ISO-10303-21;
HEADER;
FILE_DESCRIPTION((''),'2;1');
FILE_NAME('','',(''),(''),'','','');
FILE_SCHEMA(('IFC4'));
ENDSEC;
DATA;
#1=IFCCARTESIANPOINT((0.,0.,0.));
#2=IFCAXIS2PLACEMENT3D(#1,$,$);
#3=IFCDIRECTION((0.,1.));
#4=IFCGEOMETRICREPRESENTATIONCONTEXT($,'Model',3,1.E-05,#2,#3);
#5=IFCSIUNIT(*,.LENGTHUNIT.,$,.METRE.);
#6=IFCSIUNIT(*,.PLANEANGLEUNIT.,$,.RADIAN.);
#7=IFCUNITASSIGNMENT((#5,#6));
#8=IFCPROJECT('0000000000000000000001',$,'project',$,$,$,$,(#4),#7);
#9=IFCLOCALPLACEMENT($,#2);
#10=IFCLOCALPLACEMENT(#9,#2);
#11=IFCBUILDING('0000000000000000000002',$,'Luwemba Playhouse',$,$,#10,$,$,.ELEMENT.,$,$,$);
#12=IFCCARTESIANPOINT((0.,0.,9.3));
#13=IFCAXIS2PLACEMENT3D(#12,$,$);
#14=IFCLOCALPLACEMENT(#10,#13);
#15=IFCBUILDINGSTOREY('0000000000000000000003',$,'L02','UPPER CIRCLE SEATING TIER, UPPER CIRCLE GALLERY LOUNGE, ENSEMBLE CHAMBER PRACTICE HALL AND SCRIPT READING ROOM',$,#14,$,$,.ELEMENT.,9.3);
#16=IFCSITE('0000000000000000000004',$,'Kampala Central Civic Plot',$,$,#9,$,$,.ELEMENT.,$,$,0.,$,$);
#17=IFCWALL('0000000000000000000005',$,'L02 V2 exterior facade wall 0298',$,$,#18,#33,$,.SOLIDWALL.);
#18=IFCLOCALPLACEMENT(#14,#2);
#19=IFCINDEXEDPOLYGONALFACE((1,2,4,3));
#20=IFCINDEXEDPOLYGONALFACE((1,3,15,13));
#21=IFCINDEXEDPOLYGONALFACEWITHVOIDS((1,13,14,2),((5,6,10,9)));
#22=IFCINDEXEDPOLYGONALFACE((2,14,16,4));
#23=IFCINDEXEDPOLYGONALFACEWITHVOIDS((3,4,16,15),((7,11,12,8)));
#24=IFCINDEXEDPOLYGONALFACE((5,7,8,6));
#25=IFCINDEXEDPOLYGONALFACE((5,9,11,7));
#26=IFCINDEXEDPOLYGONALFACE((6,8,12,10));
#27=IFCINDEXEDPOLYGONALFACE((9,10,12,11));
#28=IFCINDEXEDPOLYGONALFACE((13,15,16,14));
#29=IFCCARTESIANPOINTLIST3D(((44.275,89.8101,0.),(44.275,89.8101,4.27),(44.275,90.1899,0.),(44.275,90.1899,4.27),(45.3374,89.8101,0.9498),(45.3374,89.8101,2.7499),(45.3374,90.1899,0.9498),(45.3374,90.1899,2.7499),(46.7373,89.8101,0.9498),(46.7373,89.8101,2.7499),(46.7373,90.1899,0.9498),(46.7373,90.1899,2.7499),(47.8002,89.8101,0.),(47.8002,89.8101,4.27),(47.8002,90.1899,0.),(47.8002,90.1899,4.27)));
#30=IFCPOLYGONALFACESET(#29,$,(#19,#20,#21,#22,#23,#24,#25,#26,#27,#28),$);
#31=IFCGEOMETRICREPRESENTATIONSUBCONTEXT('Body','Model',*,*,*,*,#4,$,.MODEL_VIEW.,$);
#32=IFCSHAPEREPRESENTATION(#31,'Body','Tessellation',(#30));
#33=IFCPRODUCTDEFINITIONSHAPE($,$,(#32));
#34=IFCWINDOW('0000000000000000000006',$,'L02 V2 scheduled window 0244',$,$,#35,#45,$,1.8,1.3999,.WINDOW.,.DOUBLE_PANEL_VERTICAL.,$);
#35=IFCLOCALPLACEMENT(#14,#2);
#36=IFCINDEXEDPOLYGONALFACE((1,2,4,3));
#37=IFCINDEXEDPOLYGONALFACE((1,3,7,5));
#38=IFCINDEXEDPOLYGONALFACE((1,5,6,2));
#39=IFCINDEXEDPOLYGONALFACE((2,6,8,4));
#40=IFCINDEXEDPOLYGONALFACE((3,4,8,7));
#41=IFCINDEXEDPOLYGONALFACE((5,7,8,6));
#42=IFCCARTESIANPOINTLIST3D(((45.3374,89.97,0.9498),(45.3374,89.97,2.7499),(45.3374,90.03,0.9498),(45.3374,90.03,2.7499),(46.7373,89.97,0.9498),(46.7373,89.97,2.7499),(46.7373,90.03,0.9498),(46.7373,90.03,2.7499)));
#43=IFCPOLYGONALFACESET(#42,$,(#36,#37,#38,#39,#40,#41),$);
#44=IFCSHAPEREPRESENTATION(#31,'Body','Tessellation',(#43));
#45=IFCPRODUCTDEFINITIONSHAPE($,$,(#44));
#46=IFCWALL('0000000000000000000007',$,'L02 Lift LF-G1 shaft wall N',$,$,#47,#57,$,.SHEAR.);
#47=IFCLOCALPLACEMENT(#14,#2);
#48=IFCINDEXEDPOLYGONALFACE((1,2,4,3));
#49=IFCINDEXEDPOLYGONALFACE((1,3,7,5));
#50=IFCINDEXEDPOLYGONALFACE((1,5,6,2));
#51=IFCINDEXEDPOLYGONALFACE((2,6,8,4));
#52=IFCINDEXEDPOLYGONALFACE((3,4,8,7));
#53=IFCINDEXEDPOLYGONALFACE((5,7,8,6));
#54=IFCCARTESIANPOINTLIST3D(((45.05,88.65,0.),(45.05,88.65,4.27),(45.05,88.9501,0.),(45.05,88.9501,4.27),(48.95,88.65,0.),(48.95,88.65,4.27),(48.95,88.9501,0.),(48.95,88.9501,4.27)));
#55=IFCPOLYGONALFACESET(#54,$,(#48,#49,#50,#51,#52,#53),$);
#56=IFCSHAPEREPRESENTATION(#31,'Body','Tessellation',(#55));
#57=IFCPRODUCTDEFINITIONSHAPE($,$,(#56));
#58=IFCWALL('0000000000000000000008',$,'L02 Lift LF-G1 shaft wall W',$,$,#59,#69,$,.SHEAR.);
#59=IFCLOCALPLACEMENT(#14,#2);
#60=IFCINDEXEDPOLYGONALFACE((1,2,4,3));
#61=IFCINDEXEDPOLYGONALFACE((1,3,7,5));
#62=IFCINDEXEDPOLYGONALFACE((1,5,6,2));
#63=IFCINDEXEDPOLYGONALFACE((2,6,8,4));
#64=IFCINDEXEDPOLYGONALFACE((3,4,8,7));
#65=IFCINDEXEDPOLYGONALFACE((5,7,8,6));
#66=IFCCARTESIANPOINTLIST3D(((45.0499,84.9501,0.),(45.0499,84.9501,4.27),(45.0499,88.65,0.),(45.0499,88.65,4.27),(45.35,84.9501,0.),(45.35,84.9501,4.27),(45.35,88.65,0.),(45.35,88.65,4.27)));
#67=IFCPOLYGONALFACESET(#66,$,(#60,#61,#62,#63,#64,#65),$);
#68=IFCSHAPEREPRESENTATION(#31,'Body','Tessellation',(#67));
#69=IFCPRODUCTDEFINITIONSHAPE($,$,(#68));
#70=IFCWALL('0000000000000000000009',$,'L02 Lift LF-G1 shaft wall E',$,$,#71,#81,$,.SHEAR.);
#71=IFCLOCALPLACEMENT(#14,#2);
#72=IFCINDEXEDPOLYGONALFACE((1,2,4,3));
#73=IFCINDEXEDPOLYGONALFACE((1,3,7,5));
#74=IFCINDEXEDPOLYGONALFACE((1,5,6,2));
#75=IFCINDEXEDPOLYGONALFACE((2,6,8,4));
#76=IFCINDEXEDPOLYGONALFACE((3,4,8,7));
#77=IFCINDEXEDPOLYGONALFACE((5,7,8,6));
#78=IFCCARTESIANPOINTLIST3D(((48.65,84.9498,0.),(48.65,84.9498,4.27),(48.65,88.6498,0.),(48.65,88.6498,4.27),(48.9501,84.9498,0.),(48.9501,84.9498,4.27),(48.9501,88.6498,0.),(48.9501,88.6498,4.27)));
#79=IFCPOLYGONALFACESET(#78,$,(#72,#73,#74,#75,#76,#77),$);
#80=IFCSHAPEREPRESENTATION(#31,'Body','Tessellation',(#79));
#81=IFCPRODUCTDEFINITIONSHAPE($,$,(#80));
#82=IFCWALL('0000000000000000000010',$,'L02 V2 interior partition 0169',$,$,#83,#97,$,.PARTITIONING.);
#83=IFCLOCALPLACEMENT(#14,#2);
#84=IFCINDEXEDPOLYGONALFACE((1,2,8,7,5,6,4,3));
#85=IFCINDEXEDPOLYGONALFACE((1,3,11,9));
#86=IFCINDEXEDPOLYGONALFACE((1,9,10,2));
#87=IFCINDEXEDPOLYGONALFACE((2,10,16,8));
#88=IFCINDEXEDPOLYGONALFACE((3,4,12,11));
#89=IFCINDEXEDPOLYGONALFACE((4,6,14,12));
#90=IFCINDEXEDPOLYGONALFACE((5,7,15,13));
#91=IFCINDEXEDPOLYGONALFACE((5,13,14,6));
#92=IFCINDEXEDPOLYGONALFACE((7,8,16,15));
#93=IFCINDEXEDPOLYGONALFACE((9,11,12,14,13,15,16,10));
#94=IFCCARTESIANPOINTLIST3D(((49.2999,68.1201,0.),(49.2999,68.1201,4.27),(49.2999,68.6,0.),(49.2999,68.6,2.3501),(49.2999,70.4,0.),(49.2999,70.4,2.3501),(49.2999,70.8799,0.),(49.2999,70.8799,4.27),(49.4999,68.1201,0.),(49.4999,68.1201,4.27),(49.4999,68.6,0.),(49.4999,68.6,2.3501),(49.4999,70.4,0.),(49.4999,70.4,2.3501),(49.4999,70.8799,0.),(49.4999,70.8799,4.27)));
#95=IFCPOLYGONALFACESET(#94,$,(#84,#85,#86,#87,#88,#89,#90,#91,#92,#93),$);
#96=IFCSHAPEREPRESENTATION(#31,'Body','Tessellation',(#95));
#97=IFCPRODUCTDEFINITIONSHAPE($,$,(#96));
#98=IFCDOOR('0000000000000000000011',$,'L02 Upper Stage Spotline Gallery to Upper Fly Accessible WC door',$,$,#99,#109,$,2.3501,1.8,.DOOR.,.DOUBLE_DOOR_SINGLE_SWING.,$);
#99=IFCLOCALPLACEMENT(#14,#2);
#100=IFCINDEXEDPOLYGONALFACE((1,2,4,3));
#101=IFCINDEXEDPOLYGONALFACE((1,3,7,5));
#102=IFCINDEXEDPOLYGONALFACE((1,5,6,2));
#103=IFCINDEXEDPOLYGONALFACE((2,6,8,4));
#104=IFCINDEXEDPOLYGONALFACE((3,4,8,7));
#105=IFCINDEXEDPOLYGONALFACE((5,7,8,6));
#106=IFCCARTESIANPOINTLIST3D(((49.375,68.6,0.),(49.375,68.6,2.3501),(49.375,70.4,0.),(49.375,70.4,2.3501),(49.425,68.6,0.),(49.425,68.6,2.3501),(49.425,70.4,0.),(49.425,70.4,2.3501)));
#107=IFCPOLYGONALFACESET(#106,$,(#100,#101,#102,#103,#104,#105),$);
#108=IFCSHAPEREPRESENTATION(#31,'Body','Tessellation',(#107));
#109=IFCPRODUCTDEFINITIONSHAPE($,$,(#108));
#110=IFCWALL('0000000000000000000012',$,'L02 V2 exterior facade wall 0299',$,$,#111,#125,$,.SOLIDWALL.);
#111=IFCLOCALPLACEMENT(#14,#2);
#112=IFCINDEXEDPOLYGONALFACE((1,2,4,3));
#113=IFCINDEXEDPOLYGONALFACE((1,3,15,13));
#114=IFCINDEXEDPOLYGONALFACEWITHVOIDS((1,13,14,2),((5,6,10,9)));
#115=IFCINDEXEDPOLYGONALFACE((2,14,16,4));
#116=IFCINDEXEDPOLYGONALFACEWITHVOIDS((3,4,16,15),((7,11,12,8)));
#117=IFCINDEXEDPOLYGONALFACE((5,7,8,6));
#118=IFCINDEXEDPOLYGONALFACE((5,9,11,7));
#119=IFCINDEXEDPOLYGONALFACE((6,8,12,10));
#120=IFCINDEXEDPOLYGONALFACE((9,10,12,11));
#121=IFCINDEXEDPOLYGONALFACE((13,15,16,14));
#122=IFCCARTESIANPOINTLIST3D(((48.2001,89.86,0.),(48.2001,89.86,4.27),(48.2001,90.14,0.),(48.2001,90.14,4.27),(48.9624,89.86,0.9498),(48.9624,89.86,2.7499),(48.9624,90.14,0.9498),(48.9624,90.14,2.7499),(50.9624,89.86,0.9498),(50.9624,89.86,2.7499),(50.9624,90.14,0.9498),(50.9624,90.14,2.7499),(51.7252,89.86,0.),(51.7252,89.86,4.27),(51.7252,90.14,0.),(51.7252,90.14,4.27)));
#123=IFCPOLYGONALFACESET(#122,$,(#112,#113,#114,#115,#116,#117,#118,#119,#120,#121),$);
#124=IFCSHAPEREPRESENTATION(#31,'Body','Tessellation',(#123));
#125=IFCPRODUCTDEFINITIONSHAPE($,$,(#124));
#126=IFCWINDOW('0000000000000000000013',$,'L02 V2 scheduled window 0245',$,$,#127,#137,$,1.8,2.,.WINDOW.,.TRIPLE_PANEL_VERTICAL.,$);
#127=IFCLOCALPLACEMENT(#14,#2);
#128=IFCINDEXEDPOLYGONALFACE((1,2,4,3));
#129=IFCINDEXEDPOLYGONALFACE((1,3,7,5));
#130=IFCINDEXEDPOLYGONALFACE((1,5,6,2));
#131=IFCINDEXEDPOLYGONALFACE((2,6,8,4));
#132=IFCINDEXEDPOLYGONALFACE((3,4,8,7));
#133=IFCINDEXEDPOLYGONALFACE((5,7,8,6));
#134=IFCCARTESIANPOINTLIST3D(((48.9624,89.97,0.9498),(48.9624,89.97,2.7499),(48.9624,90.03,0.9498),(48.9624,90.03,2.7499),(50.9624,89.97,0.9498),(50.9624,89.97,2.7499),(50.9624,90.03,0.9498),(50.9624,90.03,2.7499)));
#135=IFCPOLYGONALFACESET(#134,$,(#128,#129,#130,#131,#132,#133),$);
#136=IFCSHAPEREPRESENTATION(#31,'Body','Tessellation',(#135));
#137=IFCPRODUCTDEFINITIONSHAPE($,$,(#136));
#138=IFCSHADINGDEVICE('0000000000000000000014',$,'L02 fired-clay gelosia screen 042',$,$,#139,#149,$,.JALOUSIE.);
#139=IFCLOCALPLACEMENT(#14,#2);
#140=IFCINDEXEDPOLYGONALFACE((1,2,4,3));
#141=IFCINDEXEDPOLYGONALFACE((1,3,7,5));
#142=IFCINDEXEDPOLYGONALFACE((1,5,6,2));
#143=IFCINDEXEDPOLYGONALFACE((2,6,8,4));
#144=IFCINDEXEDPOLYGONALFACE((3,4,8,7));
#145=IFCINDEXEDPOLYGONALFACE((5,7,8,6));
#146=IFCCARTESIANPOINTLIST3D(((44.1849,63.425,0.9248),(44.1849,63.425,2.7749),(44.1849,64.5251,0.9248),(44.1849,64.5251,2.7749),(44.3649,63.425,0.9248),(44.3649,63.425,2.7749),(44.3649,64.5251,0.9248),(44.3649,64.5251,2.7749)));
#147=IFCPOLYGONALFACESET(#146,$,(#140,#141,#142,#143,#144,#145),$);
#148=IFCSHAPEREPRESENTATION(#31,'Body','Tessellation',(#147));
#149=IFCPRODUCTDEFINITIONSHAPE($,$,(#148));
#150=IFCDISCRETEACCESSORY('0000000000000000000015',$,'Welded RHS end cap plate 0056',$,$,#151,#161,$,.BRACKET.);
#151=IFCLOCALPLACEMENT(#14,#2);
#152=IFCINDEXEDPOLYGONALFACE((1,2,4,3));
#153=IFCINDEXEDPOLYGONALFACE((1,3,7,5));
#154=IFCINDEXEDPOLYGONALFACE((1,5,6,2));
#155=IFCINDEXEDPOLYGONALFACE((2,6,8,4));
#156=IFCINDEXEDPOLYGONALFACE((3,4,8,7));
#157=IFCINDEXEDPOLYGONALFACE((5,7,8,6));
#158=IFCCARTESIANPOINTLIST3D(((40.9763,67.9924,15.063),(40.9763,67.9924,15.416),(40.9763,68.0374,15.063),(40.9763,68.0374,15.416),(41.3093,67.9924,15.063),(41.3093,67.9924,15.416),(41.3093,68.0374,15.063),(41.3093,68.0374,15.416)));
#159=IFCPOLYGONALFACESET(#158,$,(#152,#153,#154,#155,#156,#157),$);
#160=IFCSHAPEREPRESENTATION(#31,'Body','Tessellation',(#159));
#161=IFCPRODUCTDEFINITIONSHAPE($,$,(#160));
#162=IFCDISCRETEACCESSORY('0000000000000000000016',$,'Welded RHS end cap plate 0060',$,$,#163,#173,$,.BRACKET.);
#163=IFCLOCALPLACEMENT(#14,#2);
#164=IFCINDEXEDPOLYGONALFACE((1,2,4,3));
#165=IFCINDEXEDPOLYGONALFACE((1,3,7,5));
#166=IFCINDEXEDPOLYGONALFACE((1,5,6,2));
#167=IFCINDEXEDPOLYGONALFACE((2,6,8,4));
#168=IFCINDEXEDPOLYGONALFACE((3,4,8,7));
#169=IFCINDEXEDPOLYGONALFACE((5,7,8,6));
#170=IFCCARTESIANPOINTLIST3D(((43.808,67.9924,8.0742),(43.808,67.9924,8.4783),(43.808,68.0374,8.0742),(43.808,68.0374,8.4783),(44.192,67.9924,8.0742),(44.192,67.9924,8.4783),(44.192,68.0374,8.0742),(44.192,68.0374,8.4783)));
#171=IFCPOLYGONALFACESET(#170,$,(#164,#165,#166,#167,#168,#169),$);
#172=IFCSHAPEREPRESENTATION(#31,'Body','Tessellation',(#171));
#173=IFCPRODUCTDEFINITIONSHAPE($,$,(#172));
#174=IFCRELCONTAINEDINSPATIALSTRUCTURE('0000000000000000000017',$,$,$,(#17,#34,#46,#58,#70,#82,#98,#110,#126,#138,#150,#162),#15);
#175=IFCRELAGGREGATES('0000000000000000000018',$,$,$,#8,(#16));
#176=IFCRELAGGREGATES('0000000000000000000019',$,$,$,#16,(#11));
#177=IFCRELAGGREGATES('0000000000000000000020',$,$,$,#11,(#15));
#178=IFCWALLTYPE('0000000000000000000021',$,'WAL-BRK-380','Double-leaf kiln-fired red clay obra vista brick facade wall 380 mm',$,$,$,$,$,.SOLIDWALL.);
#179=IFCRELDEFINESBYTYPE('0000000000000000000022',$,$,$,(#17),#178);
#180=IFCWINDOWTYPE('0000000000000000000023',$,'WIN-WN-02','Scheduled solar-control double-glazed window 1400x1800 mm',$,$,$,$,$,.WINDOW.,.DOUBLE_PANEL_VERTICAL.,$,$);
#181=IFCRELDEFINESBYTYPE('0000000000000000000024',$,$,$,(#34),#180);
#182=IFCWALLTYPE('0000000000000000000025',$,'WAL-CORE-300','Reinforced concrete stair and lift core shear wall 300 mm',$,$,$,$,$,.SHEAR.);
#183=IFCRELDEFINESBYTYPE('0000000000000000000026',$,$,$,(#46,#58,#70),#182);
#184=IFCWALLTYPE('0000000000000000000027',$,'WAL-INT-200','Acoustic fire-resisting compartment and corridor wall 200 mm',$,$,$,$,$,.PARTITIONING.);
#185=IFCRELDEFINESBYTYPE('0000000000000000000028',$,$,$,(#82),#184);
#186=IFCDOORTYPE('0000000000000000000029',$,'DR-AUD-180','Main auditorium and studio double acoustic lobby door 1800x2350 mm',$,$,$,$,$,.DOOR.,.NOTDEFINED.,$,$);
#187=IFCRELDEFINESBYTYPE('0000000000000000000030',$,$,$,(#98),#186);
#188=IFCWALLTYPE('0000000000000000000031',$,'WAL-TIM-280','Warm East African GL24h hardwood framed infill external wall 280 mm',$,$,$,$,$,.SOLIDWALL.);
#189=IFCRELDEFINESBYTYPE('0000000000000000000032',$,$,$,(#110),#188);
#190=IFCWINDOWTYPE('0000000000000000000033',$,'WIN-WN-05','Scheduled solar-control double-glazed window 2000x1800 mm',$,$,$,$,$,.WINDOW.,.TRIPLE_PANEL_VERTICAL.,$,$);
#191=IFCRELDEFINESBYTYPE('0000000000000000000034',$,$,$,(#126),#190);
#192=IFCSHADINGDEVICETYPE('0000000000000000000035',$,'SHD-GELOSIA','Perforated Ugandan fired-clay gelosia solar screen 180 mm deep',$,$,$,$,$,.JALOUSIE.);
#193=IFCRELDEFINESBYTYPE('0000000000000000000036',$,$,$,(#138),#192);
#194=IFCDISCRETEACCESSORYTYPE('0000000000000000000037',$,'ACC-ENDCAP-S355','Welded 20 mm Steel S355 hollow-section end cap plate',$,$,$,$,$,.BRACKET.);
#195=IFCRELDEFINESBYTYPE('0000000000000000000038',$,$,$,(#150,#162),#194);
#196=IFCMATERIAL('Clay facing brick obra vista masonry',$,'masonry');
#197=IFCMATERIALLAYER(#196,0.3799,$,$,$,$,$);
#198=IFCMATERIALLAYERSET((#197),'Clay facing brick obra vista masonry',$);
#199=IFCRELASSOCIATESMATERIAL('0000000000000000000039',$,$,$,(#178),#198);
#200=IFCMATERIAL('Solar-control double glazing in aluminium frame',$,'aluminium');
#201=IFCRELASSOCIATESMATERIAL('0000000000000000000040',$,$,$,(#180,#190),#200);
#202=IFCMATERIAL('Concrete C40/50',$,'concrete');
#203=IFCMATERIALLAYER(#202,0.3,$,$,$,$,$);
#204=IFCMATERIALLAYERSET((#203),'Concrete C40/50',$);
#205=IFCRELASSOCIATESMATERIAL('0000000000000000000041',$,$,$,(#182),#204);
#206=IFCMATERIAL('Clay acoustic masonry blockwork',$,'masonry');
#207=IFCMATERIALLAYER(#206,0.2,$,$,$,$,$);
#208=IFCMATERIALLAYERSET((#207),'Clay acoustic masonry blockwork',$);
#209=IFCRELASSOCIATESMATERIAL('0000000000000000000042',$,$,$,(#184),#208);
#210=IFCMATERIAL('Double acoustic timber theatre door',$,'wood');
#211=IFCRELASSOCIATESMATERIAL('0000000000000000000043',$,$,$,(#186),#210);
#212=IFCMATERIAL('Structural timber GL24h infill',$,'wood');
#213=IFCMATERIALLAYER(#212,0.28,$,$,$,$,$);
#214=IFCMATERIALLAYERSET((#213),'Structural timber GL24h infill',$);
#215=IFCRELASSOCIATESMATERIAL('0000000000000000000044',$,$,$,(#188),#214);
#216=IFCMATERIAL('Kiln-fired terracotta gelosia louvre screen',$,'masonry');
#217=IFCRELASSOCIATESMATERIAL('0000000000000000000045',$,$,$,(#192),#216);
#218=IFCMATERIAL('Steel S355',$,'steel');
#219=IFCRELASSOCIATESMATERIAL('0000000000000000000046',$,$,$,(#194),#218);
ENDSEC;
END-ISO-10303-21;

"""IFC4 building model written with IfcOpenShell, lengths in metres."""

from ifc_helpers import new_model, si_unit, direction, frame, frame_2d, origin, origin_2d, place, context, subcontext, project, spatial, rectangle, extrude, material, layer, layer_set, type_object, element, fill, save


model = new_model("IFC4")

# Units and contexts
model_context = context("Model", 3, precision=1e-05, world=origin(), true_north=direction((0.0, 1.0)))
body_context = subcontext(model_context, "Body", "Model", "MODEL_VIEW")
ifc_project = project(units=[si_unit("LENGTHUNIT", "METRE"), si_unit("PLANEANGLEUNIT", "RADIAN")], contexts=[model_context])

# Site, building, storey
site_placement = place(None, origin())
site = spatial("IfcSite", under=ifc_project, at=site_placement, Name="Kampala Central Civic Plot", CompositionType="ELEMENT", RefElevation=0.0)
building_placement = place(site_placement, origin())
building = spatial("IfcBuilding", under=site, at=building_placement, Name="Luwemba Playhouse", CompositionType="ELEMENT")
storey_placement = place(building_placement, frame((0.0, 0.0, 9.3)))
storey = spatial("IfcBuildingStorey", under=building, at=storey_placement, Name="L02", Description="UPPER CIRCLE SEATING TIER, UPPER CIRCLE GALLERY LOUNGE, ENSEMBLE CHAMBER PRACTICE HALL AND SCRIPT READING ROOM", CompositionType="ELEMENT", Elevation=9.3)

# Shared definitions
ifc_material_1 = material(Name="Concrete C40/50", Category="concrete")

# Shared definitions
ifc_material_2 = material(Name="Steel S355", Category="steel")

# Wall, opening, window
ifc_material_3 = material(Name="Clay facing brick obra vista masonry", Category="masonry")
ifc_layer_1 = layer(ifc_material_3, 0.3799)
ifc_layer_set_1 = layer_set([ifc_layer_1], Name="Clay facing brick obra vista masonry")
wall_type_1 = type_object("IfcWallType", Name="WAL-BRK-380", Description="Double-leaf kiln-fired red clay obra vista brick facade wall 380 mm", PredefinedType="SOLIDWALL", material=ifc_layer_set_1)
ifc_material_4 = material(Name="Solar-control double glazing in aluminium frame", Category="aluminium")
wall_1_placement = place(storey_placement, frame((44.2749, 90.0, 0.0), z_axis=(0.0, 0.0, 1.0), x_axis=(1.0, 0.0, 0.0)))
wall_1 = element("IfcWall", 1, at=wall_1_placement, inside=storey, type_object=wall_type_1, Name="L02 V2 exterior facade wall 0298", PredefinedType="SOLIDWALL", context=body_context, shape_type="SweptSolid", body=[
    extrude(rectangle(XDim=3.5251, YDim=0.3799, at=frame_2d((1.7627, 0.0))), origin(), (0.0, 0.0, 1.0), 4.27),
])
opening_1_placement = place(wall_1_placement, frame((1.0625, 0.0, 0.95)))
opening_1 = element("IfcOpeningElement", 2, at=opening_1_placement, cuts=wall_1, PredefinedType="OPENING", context=body_context, shape_type="SweptSolid", body=[
    extrude(rectangle(XDim=1.3999, YDim=1.8, at=frame_2d((0.7, 0.8999))), frame((0.0, 0.2, 0.0), z_axis=(0.0, -1.0, 0.0), x_axis=(1.0, 0.0, 0.0)), (0.0, 0.0, 1.0), 0.3999),
])
window_type_1 = type_object("IfcWindowType", Name="WIN-WN-02", Description="Scheduled solar-control double-glazed window 1400x1800 mm", PartitioningType="DOUBLE_PANEL_VERTICAL", PredefinedType="WINDOW", material=ifc_material_4)
window_1_placement = place(opening_1_placement, origin())
window_1 = element("IfcWindow", 3, at=window_1_placement, inside=storey, type_object=window_type_1, Name="L02 V2 scheduled window 0244", OverallHeight=1.8, OverallWidth=1.3999, PartitioningType="DOUBLE_PANEL_VERTICAL", PredefinedType="WINDOW", context=body_context, shape_type="SweptSolid", body=[
    extrude(rectangle(XDim=1.3999, YDim=1.8, at=frame_2d((0.7, 0.8999))), frame((0.0, 0.03, 0.0), z_axis=(0.0, -1.0, 0.0), x_axis=(1.0, 0.0, 0.0)), (0.0, 0.0, 1.0), 0.0601),
])
fill(opening_1, window_1)

# Shared definitions
ifc_layer_2 = layer(ifc_material_1, 0.3)
ifc_layer_set_2 = layer_set([ifc_layer_2], Name="Concrete C40/50")
wall_type_2 = type_object("IfcWallType", Name="WAL-CORE-300", Description="Reinforced concrete stair and lift core shear wall 300 mm", PredefinedType="SHEAR", material=ifc_layer_set_2)

# Walls
wall_2_placement = place(storey_placement, frame((48.95, 88.8, 0.0), z_axis=(0.0, 0.0, 1.0), x_axis=(-1.0, 0.0, 0.0)))
element("IfcWall", 4, at=wall_2_placement, inside=storey, type_object=wall_type_2, Name="L02 Lift LF-G1 shaft wall N", PredefinedType="SHEAR", context=body_context, shape_type="SweptSolid", body=[
    extrude(rectangle(XDim=3.8999, YDim=0.3, at=frame_2d((1.95, 0.0))), origin(), (0.0, 0.0, 1.0), 4.27),
])
for number, where, z_axis, x_axis, name in (
    (5, (45.2, 84.95, 0.0), (0.0, 0.0, 1.0), (0.0, 1.0, 0.0), "L02 Lift LF-G1 shaft wall W"),
    (6, (48.8, 88.6499, 0.0), (0.0, 0.0, 1.0), (0.0, -1.0, 0.0), "L02 Lift LF-G1 shaft wall E"),
):
    element("IfcWall", number, at=place(storey_placement, frame(where, z_axis=z_axis, x_axis=x_axis)), inside=storey, type_object=wall_type_2, Name=name, PredefinedType="SHEAR", context=body_context, shape_type="SweptSolid", body=[
        extrude(rectangle(XDim=3.7, YDim=0.3, at=frame_2d((1.8501, 0.0))), origin(), (0.0, 0.0, 1.0), 4.27),
    ])

# Wall, opening, door
ifc_material_5 = material(Name="Clay acoustic masonry blockwork", Category="masonry")
ifc_layer_3 = layer(ifc_material_5, 0.2)
ifc_layer_set_3 = layer_set([ifc_layer_3], Name="Clay acoustic masonry blockwork")
wall_type_3 = type_object("IfcWallType", Name="WAL-INT-200", Description="Acoustic fire-resisting compartment and corridor wall 200 mm", PredefinedType="PARTITIONING", material=ifc_layer_set_3)
wall_3_placement = place(storey_placement, frame((49.3999, 68.1201, 0.0), z_axis=(0.0, 0.0, 1.0), x_axis=(0.0, 1.0, 0.0)))
wall_3 = element("IfcWall", 7, at=wall_3_placement, inside=storey, type_object=wall_type_3, Name="L02 V2 interior partition 0169", PredefinedType="PARTITIONING", context=body_context, shape_type="SweptSolid", body=[
    extrude(rectangle(XDim=2.7598, YDim=0.2, at=frame_2d((1.3799, 0.0))), origin(), (0.0, 0.0, 1.0), 4.27),
])
opening_2_placement = place(wall_3_placement, frame((0.48, 0.0, 0.0)))
opening_2 = element("IfcOpeningElement", 8, at=opening_2_placement, cuts=wall_3, PredefinedType="OPENING", context=body_context, shape_type="SweptSolid", body=[
    extrude(rectangle(XDim=1.8, YDim=2.3501, at=frame_2d((0.8999, 1.175))), frame((0.0, 0.1099, 0.0), z_axis=(0.0, -1.0, 0.0), x_axis=(1.0, 0.0, 0.0)), (0.0, 0.0, 1.0), 0.22),
])
ifc_material_6 = material(Name="Double acoustic timber theatre door", Category="wood")
door_type_1 = type_object("IfcDoorType", Name="DR-AUD-180", Description="Main auditorium and studio double acoustic lobby door 1800x2350 mm", OperationType="NOTDEFINED", PredefinedType="DOOR", material=ifc_material_6)
door_1_placement = place(opening_2_placement, origin())
door_1 = element("IfcDoor", 9, at=door_1_placement, inside=storey, type_object=door_type_1, Name="L02 Upper Stage Spotline Gallery to Upper Fly Accessible WC door", OperationType="DOUBLE_DOOR_SINGLE_SWING", OverallHeight=2.3501, OverallWidth=1.8, PredefinedType="DOOR", context=body_context, shape_type="SweptSolid", body=[
    extrude(rectangle(XDim=1.8, YDim=2.3501, at=frame_2d((0.8999, 1.175))), frame((0.0, 0.0249, 0.0), z_axis=(0.0, -1.0, 0.0), x_axis=(1.0, 0.0, 0.0)), (0.0, 0.0, 1.0), 0.05),
])
fill(opening_2, door_1)

# Wall, opening, window
ifc_material_7 = material(Name="Structural timber GL24h infill", Category="wood")
ifc_layer_4 = layer(ifc_material_7, 0.28)
ifc_layer_set_4 = layer_set([ifc_layer_4], Name="Structural timber GL24h infill")
wall_type_4 = type_object("IfcWallType", Name="WAL-TIM-280", Description="Warm East African GL24h hardwood framed infill external wall 280 mm", PredefinedType="SOLIDWALL", material=ifc_layer_set_4)
wall_4_placement = place(storey_placement, frame((48.2, 90.0, 0.0), z_axis=(0.0, 0.0, 1.0), x_axis=(1.0, 0.0, 0.0)))
wall_4 = element("IfcWall", 10, at=wall_4_placement, inside=storey, type_object=wall_type_4, Name="L02 V2 exterior facade wall 0299", PredefinedType="SOLIDWALL", context=body_context, shape_type="SweptSolid", body=[
    extrude(rectangle(XDim=3.5251, YDim=0.28, at=frame_2d((1.7627, 0.0))), origin(), (0.0, 0.0, 1.0), 4.27),
])
opening_3_placement = place(wall_4_placement, frame((0.7625, 0.0, 0.95)))
opening_3 = element("IfcOpeningElement", 11, at=opening_3_placement, cuts=wall_4, PredefinedType="OPENING", context=body_context, shape_type="SweptSolid", body=[
    extrude(rectangle(XDim=2.0, YDim=1.8, at=frame_2d((1.0, 0.8999))), frame((0.0, 0.1499, 0.0), z_axis=(0.0, -1.0, 0.0), x_axis=(1.0, 0.0, 0.0)), (0.0, 0.0, 1.0), 0.3),
])
window_type_2 = type_object("IfcWindowType", Name="WIN-WN-05", Description="Scheduled solar-control double-glazed window 2000x1800 mm", PartitioningType="TRIPLE_PANEL_VERTICAL", PredefinedType="WINDOW", material=ifc_material_4)
window_2_placement = place(opening_3_placement, origin())
window_2 = element("IfcWindow", 12, at=window_2_placement, inside=storey, type_object=window_type_2, Name="L02 V2 scheduled window 0245", OverallHeight=1.8, OverallWidth=2.0, PartitioningType="TRIPLE_PANEL_VERTICAL", PredefinedType="WINDOW", context=body_context, shape_type="SweptSolid", body=[
    extrude(rectangle(XDim=2.0, YDim=1.8, at=frame_2d((1.0, 0.8999))), frame((0.0, 0.03, 0.0), z_axis=(0.0, -1.0, 0.0), x_axis=(1.0, 0.0, 0.0)), (0.0, 0.0, 1.0), 0.0601),
])
fill(opening_3, window_2)

# Shading device
ifc_material_8 = material(Name="Kiln-fired terracotta gelosia louvre screen", Category="masonry")
shading_device_type = type_object("IfcShadingDeviceType", Name="SHD-GELOSIA", Description="Perforated Ugandan fired-clay gelosia solar screen 180 mm deep", PredefinedType="JALOUSIE", material=ifc_material_8)
shading_device_placement = place(storey_placement, frame((44.2749, 63.9751, 0.9248), z_axis=(0.0, 0.0, 1.0), x_axis=(0.0, -1.0, 0.0)))
element("IfcShadingDevice", 13, at=shading_device_placement, inside=storey, type_object=shading_device_type, Name="L02 fired-clay gelosia screen 042", PredefinedType="JALOUSIE", context=body_context, shape_type="SweptSolid", body=[
    extrude(rectangle(XDim=1.1001, YDim=0.1799, at=origin_2d()), origin(), (0.0, 0.0, 1.0), 1.8501),
])

# Discrete accessories
discrete_accessory_type = type_object("IfcDiscreteAccessoryType", Name="ACC-ENDCAP-S355", Description="Welded 20 mm Steel S355 hollow-section end cap plate", PredefinedType="BRACKET", material=ifc_material_2)
discrete_accessory_1_placement = place(storey_placement, frame((41.1428, 68.0149, 15.063), z_axis=(0.0, 0.0, 1.0), x_axis=(1.0, 0.0, 0.0)))
element("IfcDiscreteAccessory", 14, at=discrete_accessory_1_placement, inside=storey, type_object=discrete_accessory_type, Name="Welded RHS end cap plate 0056", PredefinedType="BRACKET", context=body_context, shape_type="SweptSolid", body=[
    extrude(rectangle(XDim=0.333, YDim=0.0449, at=origin_2d()), origin(), (0.0, 0.0, 1.0), 0.353),
])
discrete_accessory_2_placement = place(storey_placement, frame((44.0, 68.0149, 8.0742), z_axis=(0.0, 0.0, 1.0), x_axis=(1.0, 0.0, 0.0)))
element("IfcDiscreteAccessory", 15, at=discrete_accessory_2_placement, inside=storey, type_object=discrete_accessory_type, Name="Welded RHS end cap plate 0060", PredefinedType="BRACKET", context=body_context, shape_type="SweptSolid", body=[
    extrude(rectangle(XDim=0.384, YDim=0.0449, at=origin_2d()), origin(), (0.0, 0.0, 1.0), 0.4041),
])

save(model, "model.ifc")
